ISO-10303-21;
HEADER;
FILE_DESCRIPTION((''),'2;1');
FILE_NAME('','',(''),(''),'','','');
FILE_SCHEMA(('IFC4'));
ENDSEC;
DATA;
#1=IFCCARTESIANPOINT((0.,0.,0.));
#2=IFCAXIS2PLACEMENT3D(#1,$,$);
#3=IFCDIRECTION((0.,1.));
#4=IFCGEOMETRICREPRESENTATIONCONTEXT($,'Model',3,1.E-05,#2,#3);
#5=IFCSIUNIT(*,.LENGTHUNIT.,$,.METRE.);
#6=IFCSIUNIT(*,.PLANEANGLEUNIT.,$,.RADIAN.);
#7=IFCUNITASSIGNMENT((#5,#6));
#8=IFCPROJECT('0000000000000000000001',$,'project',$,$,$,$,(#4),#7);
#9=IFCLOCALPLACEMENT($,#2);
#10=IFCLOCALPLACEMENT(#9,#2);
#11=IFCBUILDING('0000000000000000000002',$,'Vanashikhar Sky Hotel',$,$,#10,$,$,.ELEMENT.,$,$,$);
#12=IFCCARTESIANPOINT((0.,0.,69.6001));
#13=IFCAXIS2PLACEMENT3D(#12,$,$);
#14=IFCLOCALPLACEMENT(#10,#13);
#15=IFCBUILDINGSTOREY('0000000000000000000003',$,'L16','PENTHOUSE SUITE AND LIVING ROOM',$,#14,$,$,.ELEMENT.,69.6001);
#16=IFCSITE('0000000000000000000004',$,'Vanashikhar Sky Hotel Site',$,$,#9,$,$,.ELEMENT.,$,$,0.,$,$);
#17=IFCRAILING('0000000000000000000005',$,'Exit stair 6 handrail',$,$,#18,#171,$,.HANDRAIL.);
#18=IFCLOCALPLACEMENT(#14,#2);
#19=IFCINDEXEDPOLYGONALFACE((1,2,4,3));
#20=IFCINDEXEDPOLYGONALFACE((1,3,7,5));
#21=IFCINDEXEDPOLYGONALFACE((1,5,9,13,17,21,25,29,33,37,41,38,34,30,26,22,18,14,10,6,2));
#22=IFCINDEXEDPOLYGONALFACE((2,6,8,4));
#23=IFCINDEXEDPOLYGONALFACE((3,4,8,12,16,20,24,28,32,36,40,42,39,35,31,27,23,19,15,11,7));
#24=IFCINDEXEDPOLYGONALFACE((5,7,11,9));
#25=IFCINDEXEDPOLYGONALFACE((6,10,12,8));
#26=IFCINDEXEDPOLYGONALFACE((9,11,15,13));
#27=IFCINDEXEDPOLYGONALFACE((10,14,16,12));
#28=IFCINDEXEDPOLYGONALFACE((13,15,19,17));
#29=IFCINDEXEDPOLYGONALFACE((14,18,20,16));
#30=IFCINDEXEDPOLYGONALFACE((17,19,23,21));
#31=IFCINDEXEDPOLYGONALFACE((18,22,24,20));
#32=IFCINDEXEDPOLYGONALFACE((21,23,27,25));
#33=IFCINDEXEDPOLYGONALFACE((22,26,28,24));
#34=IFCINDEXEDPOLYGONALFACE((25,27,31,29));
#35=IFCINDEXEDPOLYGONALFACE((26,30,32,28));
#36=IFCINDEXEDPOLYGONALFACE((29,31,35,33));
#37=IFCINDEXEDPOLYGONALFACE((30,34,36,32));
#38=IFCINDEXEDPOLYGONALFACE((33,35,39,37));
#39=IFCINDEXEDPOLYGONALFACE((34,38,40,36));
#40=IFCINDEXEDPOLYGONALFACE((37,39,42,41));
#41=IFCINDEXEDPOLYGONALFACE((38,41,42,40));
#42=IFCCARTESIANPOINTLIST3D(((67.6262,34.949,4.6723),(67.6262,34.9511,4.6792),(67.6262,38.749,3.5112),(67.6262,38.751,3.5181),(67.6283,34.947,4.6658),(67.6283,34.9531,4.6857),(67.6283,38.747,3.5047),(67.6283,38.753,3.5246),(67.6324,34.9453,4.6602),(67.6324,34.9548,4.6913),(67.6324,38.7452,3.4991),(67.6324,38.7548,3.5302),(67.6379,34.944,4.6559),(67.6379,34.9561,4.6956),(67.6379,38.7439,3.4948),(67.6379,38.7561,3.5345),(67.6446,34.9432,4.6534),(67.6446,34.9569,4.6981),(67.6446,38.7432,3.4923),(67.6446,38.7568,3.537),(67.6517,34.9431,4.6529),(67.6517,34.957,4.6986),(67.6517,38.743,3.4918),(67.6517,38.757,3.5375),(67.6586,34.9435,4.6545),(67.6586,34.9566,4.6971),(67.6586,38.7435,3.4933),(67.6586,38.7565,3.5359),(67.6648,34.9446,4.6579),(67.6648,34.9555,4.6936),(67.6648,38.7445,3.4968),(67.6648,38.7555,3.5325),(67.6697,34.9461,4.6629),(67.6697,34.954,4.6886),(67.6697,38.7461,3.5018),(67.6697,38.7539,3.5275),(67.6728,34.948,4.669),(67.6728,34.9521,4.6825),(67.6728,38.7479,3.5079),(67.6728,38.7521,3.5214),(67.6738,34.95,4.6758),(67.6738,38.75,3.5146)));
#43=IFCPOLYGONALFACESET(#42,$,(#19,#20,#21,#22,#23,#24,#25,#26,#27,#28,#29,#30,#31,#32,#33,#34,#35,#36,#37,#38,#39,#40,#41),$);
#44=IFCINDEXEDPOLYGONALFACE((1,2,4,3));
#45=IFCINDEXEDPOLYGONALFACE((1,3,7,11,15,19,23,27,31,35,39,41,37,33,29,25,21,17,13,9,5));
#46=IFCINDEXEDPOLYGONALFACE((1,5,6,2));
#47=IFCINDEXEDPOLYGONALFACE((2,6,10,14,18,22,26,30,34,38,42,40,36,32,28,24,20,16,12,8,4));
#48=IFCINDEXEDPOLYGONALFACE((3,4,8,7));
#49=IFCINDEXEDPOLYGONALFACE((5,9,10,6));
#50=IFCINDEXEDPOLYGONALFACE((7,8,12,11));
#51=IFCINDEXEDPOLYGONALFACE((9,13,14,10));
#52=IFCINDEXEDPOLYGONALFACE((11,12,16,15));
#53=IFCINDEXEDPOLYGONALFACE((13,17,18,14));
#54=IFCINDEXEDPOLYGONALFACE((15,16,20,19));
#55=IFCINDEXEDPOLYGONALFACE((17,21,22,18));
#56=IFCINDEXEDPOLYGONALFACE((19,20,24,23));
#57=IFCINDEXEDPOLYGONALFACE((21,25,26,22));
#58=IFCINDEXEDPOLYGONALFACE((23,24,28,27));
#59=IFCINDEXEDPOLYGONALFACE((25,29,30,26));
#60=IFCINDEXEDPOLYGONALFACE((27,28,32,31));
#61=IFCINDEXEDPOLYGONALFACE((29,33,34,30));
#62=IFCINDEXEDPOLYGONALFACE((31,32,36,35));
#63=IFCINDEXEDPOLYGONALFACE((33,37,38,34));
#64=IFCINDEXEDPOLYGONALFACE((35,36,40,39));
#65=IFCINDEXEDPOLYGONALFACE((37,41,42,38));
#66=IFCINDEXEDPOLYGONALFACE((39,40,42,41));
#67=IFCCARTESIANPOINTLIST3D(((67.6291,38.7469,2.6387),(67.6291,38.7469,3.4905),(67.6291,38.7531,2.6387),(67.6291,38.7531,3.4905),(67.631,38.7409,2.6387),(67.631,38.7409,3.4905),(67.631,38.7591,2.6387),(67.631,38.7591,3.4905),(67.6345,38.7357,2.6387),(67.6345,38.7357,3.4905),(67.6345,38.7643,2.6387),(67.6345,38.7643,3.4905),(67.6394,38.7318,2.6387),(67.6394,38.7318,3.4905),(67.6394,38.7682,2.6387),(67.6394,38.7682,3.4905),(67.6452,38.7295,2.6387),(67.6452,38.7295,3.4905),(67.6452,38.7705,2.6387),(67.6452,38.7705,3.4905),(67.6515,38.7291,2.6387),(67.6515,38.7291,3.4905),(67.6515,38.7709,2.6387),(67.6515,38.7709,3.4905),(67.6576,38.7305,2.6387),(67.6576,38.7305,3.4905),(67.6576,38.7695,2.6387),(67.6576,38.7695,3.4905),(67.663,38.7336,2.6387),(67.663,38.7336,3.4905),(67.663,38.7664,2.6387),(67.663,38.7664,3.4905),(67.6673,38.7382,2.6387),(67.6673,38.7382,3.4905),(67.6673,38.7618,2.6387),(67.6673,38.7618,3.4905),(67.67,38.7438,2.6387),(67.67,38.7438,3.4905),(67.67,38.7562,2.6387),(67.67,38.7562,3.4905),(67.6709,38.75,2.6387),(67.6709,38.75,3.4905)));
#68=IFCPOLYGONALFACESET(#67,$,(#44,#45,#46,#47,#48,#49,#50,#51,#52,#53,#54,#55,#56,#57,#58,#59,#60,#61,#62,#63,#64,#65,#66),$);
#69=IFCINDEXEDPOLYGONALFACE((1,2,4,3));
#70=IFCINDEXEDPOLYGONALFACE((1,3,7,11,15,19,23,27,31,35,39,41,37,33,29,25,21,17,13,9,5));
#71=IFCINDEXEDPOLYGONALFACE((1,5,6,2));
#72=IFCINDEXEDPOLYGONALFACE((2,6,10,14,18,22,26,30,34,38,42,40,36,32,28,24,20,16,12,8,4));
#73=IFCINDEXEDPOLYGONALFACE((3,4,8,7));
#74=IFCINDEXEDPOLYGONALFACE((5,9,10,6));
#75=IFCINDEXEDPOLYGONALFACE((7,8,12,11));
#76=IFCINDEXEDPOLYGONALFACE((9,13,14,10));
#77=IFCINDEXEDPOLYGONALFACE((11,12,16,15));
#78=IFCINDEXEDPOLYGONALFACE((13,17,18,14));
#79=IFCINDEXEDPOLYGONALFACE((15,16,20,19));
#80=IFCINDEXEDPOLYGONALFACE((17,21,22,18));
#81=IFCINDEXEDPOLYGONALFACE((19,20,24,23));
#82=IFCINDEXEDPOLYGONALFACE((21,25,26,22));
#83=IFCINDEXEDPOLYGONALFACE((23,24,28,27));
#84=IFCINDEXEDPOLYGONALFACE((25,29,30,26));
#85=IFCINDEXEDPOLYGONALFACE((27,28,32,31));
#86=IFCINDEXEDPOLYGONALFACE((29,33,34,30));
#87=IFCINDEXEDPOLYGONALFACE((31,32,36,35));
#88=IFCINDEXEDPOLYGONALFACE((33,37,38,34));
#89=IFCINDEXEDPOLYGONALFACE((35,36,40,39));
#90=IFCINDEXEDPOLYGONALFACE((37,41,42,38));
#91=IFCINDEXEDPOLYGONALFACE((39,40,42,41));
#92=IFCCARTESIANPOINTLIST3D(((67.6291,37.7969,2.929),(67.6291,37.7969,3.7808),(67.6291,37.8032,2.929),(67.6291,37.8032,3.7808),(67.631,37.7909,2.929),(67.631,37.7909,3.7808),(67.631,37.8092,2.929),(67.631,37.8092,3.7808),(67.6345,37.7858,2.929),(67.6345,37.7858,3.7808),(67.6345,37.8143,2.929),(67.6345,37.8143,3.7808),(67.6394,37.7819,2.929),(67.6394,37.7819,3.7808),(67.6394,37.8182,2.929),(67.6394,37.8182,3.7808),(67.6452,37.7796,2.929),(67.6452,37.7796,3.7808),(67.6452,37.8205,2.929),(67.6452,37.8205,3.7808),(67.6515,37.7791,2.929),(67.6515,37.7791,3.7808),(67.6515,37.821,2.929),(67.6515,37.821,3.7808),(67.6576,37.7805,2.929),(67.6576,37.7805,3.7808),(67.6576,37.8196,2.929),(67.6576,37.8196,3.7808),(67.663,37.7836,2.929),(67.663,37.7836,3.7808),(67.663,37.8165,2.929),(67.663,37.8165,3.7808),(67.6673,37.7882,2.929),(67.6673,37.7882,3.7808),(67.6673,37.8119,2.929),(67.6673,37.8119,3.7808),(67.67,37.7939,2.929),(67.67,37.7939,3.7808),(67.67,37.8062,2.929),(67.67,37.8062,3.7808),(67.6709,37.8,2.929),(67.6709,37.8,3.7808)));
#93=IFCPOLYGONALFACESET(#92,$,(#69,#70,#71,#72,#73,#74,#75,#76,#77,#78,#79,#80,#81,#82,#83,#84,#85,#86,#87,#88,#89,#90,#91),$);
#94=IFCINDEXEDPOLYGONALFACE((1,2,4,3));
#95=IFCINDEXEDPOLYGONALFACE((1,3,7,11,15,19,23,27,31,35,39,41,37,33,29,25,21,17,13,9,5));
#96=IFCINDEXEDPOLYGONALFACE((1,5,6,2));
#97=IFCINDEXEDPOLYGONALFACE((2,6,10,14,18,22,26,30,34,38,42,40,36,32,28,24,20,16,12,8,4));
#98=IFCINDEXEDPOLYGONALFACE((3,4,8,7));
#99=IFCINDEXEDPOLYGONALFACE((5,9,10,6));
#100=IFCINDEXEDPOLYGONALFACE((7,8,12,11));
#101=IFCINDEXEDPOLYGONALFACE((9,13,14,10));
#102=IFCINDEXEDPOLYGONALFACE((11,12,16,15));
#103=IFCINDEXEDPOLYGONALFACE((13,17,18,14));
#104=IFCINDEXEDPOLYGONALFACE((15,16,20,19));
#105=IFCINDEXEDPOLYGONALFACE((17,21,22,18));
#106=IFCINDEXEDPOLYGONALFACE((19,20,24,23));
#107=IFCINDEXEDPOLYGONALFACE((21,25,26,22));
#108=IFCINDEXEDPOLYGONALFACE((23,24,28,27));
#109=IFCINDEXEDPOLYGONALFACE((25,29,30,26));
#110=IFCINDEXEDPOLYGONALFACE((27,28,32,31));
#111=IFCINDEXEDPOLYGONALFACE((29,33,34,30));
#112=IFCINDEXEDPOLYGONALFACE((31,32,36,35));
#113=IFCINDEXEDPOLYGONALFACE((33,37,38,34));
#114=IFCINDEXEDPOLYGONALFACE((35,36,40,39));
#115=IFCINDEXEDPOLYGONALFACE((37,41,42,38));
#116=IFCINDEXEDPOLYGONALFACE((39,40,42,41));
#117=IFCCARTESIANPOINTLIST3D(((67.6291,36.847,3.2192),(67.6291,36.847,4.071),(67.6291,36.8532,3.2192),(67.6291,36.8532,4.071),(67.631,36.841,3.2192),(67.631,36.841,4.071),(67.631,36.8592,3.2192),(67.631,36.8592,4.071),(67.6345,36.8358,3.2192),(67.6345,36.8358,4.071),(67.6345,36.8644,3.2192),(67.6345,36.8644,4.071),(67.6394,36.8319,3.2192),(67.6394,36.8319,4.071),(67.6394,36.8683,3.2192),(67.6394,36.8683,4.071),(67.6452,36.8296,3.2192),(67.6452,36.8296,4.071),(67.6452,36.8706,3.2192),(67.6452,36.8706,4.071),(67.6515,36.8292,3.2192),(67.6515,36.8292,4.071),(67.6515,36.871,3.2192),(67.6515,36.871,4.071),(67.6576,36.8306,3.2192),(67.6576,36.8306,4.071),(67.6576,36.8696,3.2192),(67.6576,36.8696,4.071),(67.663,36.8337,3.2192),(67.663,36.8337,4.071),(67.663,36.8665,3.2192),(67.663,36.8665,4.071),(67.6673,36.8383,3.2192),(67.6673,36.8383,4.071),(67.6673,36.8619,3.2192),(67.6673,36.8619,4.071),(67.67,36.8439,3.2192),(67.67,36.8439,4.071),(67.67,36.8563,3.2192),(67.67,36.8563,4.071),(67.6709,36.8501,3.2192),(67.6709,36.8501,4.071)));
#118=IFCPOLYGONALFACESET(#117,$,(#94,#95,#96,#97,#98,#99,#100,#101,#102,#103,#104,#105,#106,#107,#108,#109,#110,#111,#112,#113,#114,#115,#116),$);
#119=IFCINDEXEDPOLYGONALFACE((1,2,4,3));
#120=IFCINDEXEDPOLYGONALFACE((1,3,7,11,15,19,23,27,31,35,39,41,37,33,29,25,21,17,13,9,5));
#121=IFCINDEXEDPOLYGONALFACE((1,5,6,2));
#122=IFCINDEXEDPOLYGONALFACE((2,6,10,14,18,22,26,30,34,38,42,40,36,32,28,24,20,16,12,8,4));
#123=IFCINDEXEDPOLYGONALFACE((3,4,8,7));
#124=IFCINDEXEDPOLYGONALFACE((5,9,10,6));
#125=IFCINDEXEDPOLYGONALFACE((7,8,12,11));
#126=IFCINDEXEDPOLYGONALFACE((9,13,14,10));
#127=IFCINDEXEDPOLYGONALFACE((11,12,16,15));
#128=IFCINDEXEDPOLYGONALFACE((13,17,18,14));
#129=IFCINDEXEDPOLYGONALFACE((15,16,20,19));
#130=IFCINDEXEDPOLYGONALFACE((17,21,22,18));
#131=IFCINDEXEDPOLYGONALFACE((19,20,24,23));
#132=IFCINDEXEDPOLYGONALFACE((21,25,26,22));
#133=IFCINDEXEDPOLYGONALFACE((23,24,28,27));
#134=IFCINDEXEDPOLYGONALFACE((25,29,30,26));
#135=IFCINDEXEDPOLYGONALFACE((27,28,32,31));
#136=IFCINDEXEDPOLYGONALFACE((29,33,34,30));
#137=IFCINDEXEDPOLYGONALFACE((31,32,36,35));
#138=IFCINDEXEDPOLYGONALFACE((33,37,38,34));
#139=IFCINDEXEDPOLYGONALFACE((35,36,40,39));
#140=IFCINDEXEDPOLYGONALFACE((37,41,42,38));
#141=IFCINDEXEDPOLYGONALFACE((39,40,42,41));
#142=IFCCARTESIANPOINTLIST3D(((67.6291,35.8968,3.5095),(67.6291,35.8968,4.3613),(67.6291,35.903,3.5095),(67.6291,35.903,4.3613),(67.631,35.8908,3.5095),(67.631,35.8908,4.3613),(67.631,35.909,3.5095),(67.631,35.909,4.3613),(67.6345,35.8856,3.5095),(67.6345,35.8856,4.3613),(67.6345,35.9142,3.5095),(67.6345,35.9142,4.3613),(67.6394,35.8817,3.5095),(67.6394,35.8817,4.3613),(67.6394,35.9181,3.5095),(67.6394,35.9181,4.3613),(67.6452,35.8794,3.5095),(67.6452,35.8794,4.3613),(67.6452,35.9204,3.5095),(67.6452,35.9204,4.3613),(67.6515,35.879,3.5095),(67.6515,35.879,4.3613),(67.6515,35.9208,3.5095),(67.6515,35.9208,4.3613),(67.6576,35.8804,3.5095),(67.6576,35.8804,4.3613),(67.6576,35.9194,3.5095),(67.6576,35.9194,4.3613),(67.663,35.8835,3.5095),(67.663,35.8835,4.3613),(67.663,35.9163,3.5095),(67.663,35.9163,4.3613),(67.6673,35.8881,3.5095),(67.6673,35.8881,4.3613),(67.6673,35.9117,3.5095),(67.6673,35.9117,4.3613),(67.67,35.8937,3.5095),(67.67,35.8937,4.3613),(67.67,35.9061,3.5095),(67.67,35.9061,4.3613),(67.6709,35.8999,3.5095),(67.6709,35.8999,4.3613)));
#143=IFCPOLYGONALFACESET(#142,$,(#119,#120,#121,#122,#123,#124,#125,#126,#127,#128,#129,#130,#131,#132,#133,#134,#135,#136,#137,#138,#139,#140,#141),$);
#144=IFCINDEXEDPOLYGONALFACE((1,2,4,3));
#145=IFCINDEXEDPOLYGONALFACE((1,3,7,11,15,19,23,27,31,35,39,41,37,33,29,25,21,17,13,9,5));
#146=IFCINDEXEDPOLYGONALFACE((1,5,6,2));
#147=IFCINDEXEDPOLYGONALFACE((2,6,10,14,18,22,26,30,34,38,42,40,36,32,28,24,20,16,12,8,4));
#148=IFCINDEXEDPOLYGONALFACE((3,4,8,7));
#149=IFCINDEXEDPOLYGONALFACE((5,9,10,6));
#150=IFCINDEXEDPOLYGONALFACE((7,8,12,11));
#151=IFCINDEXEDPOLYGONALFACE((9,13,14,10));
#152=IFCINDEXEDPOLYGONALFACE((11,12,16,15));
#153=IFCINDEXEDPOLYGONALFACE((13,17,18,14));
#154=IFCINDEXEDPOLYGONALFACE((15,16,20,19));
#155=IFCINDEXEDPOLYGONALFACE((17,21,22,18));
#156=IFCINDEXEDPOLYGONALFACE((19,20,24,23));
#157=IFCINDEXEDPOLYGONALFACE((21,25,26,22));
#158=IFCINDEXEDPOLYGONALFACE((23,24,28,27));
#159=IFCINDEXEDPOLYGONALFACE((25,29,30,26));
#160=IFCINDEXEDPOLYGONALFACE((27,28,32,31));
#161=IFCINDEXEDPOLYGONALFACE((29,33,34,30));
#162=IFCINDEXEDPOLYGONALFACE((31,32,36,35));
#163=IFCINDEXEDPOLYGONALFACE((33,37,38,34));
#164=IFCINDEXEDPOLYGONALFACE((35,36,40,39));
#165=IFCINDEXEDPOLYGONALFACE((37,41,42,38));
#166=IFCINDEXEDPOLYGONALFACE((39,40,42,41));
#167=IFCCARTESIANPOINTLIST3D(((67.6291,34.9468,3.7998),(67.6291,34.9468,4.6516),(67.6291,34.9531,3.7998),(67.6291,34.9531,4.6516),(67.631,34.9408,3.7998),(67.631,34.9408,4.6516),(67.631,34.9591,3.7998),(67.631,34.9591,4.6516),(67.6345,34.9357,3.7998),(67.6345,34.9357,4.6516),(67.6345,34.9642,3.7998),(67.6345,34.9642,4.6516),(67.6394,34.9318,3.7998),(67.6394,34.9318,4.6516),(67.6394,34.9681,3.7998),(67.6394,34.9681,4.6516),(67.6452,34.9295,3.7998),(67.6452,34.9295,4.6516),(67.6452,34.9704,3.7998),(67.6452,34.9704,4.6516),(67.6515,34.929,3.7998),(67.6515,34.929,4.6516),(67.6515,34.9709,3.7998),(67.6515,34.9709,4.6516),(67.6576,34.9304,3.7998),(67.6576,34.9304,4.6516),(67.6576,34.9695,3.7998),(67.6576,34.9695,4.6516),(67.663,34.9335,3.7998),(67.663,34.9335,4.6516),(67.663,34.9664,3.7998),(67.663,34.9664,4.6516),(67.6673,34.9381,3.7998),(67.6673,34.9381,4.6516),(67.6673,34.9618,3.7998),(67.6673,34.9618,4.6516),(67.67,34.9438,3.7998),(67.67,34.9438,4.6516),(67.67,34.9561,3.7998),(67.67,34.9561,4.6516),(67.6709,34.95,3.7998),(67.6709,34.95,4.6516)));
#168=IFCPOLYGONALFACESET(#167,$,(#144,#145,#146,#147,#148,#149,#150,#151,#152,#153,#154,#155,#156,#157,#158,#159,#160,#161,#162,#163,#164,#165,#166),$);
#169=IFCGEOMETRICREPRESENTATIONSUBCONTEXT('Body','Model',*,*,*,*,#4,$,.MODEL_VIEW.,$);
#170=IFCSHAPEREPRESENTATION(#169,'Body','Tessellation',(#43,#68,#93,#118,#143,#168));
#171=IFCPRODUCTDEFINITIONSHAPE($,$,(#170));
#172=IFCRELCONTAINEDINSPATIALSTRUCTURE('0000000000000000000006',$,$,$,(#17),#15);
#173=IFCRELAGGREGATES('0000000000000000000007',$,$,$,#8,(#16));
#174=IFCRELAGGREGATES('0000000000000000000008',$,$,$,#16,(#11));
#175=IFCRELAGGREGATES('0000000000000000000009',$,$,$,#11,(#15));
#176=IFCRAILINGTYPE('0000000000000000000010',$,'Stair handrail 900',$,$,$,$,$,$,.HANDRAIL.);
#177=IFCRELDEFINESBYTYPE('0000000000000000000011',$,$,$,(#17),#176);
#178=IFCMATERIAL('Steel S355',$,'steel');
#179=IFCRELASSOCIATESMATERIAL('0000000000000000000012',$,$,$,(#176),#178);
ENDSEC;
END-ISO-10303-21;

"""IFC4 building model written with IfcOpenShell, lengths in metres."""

from ifc_helpers import new_model, si_unit, direction, frame, origin, origin_2d, place, context, subcontext, project, spatial, circle, extrude, source, transform, mapped, material, type_object, element, save


model = new_model("IFC4")

# Units and contexts
model_context = context("Model", 3, precision=1e-05, world=origin(), true_north=direction((0.0, 1.0)))
body_context = subcontext(model_context, "Body", "Model", "MODEL_VIEW")
ifc_project = project(units=[si_unit("LENGTHUNIT", "METRE"), si_unit("PLANEANGLEUNIT", "RADIAN")], contexts=[model_context])

# Site, building, storey
site_placement = place(None, origin())
site = spatial("IfcSite", under=ifc_project, at=site_placement, Name="Vanashikhar Sky Hotel Site", CompositionType="ELEMENT", RefElevation=0.0)
building_placement = place(site_placement, origin())
building = spatial("IfcBuilding", under=site, at=building_placement, Name="Vanashikhar Sky Hotel", CompositionType="ELEMENT")
storey_placement = place(building_placement, frame((0.0, 0.0, 69.6001)))
storey = spatial("IfcBuildingStorey", under=building, at=storey_placement, Name="L16", Description="PENTHOUSE SUITE AND LIVING ROOM", CompositionType="ELEMENT", Elevation=69.6001)

# Railing
ifc_material_1 = material(Name="Steel S355", Category="steel")
railing_type_1 = type_object("IfcRailingType", Name="Stair handrail 900", PredefinedType="HANDRAIL", material=ifc_material_1)
shared_shape_1 = source(origin(), body_context, "Body", "SweptSolid", [
    extrude(circle(Radius=0.0239, at=origin_2d()), frame((0.0, 0.0, 0.876), z_axis=(0.0, -0.956351, 0.29222), x_axis=(1.0, 0.0, 0.0)), (0.0, 0.0, 1.0), 3.9734),
    extrude(circle(Radius=0.021, at=origin_2d()), origin(), (0.0, 0.0, 1.0), 0.8518),
    extrude(circle(Radius=0.021, at=origin_2d()), frame((0.0, -0.95, 0.2903)), (0.0, 0.0, 1.0), 0.8518),
    extrude(circle(Radius=0.021, at=origin_2d()), frame((0.0, -1.8999, 0.5806)), (0.0, 0.0, 1.0), 0.8518),
    extrude(circle(Radius=0.021, at=origin_2d()), frame((0.0, -2.8501, 0.8708)), (0.0, 0.0, 1.0), 0.8518),
    extrude(circle(Radius=0.021, at=origin_2d()), frame((0.0, -3.8, 1.1611)), (0.0, 0.0, 1.0), 0.8518),
])
for number, where, name in (
    (1, (67.6499, 38.75, 2.6387), "Exit stair 6 handrail"),
):
    element("IfcRailing", number, at=place(storey_placement, frame(where)), inside=storey, type_object=railing_type_1, Name=name, PredefinedType="HANDRAIL", context=body_context, shape_type="MappedRepresentation", body=[
        mapped(shared_shape_1, transform((0.0, 0.0, 0.0), scale=1.0)),
    ])

save(model, "model.ifc")
